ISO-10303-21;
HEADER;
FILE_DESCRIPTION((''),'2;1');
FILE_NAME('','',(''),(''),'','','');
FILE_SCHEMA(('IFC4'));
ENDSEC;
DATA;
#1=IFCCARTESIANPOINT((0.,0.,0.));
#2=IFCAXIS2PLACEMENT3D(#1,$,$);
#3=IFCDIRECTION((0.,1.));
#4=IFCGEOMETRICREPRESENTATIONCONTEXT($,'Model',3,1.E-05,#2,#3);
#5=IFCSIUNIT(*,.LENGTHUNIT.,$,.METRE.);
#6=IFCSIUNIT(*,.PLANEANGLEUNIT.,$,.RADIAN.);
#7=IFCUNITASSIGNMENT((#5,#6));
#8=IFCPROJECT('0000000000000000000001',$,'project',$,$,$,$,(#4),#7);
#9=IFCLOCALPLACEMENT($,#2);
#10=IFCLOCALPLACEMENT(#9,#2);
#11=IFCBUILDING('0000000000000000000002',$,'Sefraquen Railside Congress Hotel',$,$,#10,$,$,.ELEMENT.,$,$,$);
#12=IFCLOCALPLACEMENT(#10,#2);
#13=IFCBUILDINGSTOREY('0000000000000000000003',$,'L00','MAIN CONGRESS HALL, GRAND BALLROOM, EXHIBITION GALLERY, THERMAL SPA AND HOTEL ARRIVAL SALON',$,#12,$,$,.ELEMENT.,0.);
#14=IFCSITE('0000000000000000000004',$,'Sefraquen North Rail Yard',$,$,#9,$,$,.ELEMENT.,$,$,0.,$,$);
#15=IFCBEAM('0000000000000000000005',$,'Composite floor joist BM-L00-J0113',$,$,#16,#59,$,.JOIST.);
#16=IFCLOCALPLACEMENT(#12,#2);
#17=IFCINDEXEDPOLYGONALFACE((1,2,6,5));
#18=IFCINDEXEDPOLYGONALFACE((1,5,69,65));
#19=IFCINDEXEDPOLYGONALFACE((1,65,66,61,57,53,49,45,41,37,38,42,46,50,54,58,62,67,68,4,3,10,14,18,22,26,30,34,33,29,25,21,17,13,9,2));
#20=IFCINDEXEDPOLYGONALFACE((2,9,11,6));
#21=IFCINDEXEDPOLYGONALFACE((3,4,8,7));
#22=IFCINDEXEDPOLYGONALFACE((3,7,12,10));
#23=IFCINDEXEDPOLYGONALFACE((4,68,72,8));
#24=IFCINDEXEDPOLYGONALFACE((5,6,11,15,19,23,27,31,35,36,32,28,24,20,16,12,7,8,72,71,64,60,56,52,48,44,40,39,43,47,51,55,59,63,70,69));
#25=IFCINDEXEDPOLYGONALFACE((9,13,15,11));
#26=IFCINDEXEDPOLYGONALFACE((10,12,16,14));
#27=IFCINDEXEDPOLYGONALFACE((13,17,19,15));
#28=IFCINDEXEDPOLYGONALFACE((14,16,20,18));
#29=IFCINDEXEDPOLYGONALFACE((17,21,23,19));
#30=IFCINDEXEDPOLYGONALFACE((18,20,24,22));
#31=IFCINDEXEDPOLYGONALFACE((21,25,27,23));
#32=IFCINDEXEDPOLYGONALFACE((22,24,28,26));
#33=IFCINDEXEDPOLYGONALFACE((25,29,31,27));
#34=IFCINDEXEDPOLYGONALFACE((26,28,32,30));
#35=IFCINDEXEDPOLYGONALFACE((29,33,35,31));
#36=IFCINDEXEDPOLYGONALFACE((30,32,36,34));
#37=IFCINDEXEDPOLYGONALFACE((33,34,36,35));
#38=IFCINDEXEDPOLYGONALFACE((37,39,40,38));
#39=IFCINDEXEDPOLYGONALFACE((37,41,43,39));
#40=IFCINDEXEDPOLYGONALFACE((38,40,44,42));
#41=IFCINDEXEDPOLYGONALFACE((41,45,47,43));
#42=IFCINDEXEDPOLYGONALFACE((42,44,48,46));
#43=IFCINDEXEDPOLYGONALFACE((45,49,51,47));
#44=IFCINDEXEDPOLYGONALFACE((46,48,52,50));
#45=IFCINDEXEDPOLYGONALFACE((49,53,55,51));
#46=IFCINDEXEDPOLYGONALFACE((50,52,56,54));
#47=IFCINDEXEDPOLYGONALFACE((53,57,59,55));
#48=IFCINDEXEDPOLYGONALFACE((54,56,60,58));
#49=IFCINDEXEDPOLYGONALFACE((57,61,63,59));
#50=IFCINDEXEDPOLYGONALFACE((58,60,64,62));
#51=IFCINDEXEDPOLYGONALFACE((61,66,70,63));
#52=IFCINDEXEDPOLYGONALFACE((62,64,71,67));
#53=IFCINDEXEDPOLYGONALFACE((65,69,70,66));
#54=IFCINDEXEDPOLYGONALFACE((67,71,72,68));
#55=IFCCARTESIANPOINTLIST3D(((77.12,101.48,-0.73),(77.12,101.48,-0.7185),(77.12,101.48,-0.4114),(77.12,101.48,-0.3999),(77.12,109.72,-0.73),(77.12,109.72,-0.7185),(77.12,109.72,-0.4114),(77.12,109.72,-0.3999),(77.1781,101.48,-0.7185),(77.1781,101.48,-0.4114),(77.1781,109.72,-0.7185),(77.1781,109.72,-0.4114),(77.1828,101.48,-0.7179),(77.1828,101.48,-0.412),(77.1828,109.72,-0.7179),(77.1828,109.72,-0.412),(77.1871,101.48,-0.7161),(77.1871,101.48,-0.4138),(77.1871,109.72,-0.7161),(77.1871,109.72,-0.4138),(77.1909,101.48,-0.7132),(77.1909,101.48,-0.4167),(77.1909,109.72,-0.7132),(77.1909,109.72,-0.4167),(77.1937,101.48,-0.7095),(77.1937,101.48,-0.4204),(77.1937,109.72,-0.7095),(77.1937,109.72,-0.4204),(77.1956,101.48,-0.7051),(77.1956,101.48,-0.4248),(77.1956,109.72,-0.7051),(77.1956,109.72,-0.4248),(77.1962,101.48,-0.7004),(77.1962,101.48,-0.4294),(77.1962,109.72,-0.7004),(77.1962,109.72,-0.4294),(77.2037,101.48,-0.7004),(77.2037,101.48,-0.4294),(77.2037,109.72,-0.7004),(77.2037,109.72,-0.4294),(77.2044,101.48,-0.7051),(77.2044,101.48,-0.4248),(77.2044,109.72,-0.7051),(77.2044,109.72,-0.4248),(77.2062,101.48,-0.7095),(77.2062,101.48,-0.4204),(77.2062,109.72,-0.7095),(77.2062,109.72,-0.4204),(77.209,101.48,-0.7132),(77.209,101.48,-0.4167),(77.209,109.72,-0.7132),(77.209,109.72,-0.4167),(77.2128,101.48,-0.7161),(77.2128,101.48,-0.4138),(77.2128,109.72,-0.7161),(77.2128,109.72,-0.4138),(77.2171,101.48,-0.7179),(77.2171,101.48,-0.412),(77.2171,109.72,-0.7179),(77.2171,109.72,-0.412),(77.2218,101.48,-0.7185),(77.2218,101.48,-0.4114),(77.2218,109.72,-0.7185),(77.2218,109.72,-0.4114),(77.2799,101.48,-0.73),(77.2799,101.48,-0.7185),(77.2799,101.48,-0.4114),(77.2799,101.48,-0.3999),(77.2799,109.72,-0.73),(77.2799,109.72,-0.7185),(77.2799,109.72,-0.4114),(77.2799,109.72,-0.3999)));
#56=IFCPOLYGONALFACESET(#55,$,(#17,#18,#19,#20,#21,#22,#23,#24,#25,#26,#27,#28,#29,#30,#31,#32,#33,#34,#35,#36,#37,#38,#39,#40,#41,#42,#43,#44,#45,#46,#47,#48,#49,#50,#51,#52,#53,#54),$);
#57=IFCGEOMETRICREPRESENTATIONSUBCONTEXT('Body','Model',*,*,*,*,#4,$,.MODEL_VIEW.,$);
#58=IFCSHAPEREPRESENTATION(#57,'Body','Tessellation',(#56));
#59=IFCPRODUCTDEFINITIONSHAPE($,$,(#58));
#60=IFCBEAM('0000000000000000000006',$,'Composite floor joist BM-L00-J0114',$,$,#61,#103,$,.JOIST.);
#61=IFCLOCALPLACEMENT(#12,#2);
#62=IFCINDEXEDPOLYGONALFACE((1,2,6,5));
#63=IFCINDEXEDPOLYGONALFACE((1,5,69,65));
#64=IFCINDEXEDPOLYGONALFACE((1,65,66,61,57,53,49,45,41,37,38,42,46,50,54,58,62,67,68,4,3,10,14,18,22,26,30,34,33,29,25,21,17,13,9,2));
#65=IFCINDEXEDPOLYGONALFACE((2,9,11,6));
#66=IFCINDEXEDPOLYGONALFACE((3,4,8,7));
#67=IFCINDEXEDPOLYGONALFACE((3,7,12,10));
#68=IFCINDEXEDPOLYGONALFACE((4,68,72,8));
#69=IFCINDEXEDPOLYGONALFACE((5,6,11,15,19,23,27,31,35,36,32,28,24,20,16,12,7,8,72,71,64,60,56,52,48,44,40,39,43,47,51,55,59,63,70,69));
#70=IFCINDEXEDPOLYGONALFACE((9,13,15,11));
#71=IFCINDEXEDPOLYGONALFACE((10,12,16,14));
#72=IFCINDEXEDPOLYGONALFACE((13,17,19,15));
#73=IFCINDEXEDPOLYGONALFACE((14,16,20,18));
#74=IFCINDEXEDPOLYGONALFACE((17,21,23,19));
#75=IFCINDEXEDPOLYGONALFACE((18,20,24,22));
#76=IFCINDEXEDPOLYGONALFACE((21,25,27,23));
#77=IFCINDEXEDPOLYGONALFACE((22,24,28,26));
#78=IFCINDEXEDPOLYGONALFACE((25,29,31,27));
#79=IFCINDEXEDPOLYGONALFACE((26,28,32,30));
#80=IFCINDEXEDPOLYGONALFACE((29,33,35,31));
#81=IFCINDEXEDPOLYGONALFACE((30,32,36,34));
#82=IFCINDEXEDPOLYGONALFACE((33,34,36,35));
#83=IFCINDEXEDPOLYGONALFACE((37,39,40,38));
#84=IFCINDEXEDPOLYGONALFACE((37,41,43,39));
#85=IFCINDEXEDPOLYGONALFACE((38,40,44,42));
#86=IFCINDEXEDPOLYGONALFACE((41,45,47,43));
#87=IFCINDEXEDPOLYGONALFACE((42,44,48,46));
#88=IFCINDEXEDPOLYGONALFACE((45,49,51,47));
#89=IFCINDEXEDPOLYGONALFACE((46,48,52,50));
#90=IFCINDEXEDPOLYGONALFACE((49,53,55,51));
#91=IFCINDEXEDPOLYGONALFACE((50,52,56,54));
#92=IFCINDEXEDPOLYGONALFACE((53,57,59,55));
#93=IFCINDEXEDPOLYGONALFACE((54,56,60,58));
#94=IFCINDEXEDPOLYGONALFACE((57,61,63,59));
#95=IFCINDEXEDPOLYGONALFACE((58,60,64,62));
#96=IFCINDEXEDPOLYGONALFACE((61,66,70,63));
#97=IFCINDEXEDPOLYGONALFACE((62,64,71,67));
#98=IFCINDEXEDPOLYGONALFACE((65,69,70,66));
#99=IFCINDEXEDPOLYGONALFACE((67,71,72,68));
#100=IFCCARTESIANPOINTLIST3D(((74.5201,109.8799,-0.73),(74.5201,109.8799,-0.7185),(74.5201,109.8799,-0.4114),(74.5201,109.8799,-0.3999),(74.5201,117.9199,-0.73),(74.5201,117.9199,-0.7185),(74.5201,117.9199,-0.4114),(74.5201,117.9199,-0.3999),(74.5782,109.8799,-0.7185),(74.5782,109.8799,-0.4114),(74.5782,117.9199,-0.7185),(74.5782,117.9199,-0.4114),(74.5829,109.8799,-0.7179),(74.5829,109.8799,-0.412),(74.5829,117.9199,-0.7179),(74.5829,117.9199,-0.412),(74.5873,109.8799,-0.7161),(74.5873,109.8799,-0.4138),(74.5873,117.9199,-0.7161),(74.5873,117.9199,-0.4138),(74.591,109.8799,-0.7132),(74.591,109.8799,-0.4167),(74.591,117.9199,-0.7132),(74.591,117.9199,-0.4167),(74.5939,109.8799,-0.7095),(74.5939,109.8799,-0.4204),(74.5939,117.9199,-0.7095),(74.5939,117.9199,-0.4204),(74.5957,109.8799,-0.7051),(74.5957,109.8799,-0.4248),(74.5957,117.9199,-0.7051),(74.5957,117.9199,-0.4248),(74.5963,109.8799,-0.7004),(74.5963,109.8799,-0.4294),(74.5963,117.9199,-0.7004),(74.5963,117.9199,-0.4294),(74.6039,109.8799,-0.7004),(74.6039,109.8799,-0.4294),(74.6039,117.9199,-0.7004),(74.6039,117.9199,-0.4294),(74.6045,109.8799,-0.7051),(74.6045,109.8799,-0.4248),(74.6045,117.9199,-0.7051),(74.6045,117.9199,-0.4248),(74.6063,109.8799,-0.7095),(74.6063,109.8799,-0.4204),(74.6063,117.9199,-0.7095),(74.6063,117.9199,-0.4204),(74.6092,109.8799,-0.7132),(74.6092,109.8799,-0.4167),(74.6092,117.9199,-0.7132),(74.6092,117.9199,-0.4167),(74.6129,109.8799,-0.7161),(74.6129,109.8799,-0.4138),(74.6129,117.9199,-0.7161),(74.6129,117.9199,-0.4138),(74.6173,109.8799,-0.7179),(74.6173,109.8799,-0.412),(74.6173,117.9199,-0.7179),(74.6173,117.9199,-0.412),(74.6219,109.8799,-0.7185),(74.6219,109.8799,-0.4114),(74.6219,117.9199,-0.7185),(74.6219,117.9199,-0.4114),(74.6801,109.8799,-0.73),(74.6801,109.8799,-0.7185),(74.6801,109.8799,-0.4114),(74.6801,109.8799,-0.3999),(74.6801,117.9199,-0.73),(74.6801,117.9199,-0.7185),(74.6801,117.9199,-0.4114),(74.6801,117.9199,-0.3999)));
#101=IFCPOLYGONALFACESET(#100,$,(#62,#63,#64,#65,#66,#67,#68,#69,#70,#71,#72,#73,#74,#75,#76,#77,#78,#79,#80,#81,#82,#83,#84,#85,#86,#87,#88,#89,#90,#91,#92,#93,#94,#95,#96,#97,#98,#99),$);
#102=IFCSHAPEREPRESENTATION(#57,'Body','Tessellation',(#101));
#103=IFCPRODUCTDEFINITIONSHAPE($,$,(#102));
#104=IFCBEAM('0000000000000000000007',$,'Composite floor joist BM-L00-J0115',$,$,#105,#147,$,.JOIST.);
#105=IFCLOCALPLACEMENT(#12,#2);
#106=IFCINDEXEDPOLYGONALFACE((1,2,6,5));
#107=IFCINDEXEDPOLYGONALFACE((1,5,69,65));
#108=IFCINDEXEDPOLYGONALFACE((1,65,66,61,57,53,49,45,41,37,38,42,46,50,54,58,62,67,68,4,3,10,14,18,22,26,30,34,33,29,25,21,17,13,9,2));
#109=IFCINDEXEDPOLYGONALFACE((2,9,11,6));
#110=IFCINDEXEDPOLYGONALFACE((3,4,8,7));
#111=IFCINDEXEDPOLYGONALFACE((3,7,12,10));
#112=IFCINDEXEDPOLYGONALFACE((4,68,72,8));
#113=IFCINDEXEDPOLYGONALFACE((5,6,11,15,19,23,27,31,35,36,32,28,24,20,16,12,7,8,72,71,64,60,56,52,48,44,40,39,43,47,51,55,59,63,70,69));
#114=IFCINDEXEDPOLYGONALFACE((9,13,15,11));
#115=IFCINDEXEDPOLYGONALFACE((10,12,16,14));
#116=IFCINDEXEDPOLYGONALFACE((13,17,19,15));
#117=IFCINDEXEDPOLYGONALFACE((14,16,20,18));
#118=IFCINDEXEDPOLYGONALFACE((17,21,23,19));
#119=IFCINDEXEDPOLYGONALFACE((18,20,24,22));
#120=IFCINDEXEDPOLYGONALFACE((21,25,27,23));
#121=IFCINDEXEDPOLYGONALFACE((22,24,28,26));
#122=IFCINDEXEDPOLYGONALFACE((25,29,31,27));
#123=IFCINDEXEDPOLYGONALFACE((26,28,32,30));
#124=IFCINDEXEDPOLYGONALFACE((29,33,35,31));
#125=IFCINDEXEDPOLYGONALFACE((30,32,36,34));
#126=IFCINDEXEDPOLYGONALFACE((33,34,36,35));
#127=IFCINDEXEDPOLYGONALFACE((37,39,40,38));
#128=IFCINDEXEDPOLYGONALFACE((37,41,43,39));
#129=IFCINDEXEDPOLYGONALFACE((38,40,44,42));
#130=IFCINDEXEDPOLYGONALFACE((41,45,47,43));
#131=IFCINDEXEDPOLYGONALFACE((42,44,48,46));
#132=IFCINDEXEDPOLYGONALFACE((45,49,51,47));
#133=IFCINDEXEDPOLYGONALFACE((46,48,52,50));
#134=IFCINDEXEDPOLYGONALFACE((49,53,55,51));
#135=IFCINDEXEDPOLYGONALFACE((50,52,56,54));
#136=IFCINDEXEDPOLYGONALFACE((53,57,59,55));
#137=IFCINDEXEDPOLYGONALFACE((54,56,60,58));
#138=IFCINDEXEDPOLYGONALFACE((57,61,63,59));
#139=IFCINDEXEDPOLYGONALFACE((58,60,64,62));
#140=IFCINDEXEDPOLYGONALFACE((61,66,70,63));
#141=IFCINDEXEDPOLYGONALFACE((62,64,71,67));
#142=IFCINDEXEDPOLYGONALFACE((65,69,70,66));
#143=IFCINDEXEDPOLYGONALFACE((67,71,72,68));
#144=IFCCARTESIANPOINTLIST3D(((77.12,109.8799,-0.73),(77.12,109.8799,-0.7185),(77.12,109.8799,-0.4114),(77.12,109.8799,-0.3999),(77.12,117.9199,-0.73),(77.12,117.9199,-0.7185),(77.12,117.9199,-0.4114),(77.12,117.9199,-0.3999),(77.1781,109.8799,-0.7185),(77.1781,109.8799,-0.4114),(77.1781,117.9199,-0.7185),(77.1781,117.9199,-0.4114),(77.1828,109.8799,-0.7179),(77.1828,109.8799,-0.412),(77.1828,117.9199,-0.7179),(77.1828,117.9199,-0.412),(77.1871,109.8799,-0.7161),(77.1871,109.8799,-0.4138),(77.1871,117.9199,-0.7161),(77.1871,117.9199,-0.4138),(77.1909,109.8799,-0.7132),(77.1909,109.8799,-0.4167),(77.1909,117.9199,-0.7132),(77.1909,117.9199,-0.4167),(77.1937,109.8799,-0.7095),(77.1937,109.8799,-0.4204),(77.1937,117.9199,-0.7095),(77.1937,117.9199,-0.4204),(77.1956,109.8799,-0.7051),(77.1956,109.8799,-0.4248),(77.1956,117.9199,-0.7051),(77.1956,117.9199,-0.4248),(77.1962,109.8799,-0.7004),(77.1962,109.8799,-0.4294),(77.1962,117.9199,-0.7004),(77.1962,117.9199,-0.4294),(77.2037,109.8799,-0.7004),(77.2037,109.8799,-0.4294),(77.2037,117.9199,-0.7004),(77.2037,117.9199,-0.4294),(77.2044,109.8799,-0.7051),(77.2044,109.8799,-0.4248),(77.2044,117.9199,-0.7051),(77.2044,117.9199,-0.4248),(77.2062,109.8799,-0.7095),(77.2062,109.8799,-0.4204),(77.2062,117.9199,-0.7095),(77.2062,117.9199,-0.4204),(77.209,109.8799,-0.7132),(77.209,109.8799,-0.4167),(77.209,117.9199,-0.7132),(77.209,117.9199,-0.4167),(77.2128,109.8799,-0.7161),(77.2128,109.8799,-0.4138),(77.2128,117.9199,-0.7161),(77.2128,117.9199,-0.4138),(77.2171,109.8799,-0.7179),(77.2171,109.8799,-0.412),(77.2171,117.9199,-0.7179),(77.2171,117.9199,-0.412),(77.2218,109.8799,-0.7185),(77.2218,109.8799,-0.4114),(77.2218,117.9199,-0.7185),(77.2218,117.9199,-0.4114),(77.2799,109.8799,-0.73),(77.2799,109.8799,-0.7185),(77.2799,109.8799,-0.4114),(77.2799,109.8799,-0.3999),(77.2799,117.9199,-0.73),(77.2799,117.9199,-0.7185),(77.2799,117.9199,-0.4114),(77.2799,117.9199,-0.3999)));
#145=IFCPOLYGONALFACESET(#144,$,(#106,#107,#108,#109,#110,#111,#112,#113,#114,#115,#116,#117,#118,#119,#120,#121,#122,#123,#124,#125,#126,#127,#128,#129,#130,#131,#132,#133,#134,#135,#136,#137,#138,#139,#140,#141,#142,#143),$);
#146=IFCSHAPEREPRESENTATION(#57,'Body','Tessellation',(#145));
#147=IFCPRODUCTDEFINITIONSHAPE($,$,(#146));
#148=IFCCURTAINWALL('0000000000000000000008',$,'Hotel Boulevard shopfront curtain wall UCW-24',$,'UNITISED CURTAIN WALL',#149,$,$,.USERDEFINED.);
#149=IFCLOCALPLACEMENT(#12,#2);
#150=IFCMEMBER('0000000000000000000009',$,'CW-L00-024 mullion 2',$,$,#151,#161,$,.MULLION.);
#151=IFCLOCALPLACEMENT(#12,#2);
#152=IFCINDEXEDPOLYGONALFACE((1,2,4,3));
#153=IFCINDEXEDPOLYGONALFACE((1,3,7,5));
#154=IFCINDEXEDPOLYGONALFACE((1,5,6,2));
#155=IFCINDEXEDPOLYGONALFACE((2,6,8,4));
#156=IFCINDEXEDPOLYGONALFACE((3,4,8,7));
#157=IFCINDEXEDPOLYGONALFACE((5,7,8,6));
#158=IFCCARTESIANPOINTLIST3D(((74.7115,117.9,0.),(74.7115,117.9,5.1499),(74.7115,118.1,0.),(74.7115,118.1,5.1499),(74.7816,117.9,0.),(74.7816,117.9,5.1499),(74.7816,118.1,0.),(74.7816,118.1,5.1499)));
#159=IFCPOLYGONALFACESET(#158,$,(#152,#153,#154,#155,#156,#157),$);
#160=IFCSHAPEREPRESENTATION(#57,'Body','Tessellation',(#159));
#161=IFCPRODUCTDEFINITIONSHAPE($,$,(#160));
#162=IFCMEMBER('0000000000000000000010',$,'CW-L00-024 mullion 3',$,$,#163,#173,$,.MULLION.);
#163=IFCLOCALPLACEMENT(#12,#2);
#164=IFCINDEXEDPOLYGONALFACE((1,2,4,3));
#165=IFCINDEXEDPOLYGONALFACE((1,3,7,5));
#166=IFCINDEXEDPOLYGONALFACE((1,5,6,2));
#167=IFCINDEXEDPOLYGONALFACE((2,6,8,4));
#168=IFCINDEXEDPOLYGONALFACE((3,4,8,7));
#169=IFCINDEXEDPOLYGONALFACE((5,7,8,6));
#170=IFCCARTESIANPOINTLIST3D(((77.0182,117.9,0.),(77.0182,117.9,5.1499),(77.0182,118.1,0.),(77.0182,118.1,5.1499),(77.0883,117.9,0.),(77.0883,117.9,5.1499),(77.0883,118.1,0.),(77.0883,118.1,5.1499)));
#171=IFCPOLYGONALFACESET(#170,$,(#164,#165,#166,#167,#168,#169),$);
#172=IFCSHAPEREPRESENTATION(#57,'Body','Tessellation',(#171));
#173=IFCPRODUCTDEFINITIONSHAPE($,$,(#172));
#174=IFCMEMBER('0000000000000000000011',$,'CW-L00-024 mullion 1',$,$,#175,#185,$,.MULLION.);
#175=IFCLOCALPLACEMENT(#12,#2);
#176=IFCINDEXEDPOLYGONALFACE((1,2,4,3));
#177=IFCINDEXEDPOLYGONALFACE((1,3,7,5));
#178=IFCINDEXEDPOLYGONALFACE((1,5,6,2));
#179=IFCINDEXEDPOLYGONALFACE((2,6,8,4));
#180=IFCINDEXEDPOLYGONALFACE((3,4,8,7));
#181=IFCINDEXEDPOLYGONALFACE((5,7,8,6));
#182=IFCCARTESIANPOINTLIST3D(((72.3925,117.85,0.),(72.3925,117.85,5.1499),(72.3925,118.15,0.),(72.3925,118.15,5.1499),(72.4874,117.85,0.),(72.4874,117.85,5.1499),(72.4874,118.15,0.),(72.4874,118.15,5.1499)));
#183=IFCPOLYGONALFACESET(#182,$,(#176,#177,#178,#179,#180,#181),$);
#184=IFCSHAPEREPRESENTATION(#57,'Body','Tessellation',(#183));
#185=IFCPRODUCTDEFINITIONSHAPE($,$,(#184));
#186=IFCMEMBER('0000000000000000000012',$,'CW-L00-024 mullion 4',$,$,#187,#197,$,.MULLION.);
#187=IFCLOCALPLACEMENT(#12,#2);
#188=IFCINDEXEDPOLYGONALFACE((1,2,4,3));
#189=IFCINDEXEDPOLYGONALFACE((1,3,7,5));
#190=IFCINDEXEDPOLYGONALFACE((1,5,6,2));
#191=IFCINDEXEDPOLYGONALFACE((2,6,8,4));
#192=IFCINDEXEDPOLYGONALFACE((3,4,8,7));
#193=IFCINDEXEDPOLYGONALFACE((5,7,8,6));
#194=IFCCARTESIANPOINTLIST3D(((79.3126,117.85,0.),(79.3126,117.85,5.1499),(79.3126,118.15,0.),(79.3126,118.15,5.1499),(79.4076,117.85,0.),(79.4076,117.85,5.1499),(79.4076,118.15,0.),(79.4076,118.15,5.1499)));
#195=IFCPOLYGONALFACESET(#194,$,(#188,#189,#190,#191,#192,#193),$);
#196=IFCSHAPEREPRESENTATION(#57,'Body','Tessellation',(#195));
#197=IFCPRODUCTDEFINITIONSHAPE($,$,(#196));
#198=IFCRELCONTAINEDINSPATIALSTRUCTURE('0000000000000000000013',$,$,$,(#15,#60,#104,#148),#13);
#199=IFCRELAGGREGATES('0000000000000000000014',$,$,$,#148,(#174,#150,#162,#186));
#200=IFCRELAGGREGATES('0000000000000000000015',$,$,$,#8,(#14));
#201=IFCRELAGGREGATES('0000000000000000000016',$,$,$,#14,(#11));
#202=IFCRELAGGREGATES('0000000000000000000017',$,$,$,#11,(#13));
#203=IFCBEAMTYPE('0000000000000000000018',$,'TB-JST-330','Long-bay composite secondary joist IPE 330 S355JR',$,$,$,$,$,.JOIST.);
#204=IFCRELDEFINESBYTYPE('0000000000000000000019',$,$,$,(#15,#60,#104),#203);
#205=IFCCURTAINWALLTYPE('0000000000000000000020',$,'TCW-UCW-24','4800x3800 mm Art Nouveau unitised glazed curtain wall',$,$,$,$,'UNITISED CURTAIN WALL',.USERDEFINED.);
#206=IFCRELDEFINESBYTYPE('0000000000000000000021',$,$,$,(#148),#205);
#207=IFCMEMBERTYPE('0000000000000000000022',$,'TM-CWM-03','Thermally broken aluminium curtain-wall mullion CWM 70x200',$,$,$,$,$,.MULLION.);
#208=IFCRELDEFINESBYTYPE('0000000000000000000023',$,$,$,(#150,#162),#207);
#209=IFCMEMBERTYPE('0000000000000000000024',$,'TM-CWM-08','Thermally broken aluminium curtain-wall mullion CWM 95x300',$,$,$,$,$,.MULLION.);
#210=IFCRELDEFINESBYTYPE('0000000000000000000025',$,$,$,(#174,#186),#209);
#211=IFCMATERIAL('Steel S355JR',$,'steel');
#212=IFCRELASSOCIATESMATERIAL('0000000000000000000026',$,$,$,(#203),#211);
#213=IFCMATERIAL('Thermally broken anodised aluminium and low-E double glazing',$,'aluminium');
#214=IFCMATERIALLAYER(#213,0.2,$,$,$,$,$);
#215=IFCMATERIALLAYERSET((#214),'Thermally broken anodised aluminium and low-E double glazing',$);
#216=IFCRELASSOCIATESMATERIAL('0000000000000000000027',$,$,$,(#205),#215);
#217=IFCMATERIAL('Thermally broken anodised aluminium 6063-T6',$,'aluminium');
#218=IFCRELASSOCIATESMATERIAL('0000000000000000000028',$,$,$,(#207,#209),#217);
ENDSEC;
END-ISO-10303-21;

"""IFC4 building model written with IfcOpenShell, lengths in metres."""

from ifc_helpers import new_model, si_unit, direction, frame, origin, origin_2d, place, context, subcontext, project, spatial, rectangle, i_section, extrude, material, layer, layer_set, material_profile, profile_set, type_object, element, aggregate, save


model = new_model("IFC4")

# Units and contexts
model_context = context("Model", 3, precision=1e-05, world=origin(), true_north=direction((0.0, 1.0)))
body_context = subcontext(model_context, "Body", "Model", "MODEL_VIEW")
ifc_project = project(units=[si_unit("LENGTHUNIT", "METRE"), si_unit("PLANEANGLEUNIT", "RADIAN")], contexts=[model_context])

# Site, building, storey
site_placement = place(None, origin())
site = spatial("IfcSite", under=ifc_project, at=site_placement, Name="Sefraquen North Rail Yard", CompositionType="ELEMENT", RefElevation=0.0)
building_placement = place(site_placement, origin())
building = spatial("IfcBuilding", under=site, at=building_placement, Name="Sefraquen Railside Congress Hotel", CompositionType="ELEMENT")
storey_placement = place(building_placement, origin())
storey = spatial("IfcBuildingStorey", under=building, at=storey_placement, Name="L00", Description="MAIN CONGRESS HALL, GRAND BALLROOM, EXHIBITION GALLERY, THERMAL SPA AND HOTEL ARRIVAL SALON", CompositionType="ELEMENT", Elevation=0.0)

# Shared definitions
ifc_material_1 = material(Name="Steel S355JR", Category="steel")

# Beams
ifc_material_profile_1 = material_profile(ifc_material_1, i_section(OverallWidth=0.1599, OverallDepth=0.3301, WebThickness=0.0076, FlangeThickness=0.0115, FilletRadius=0.0181, at=origin_2d()), Name="IPE 330")
ifc_profile_set_1 = profile_set([ifc_material_profile_1], Name="Steel S355JR")
beam_type_1 = type_object("IfcBeamType", Name="TB-JST-330", Description="Long-bay composite secondary joist IPE 330 S355JR", PredefinedType="JOIST", material=ifc_profile_set_1)
for number, where, z_axis, x_axis, name in (
    (1, (77.2, 101.48, -0.5649), (0.0, 1.0, 0.0), (-1.0, 0.0, 0.0), "Composite floor joist BM-L00-J0113"),
):
    element("IfcBeam", number, at=place(storey_placement, frame(where, z_axis=z_axis, x_axis=x_axis)), inside=storey, type_object=beam_type_1, Name=name, PredefinedType="JOIST", context=body_context, shape_type="SweptSolid", body=[
        extrude(i_section(OverallWidth=0.1599, OverallDepth=0.3301, WebThickness=0.0076, FlangeThickness=0.0115, FilletRadius=0.0181, at=origin_2d()), origin(), (0.0, 0.0, 1.0), 8.24),
    ])
for number, where, z_axis, x_axis, name in (
    (2, (74.6001, 109.8799, -0.5649), (0.0, 1.0, 0.0), (-1.0, 0.0, 0.0), "Composite floor joist BM-L00-J0114"),
    (3, (77.2, 109.8799, -0.5649), (0.0, 1.0, 0.0), (-1.0, 0.0, 0.0), "Composite floor joist BM-L00-J0115"),
):
    element("IfcBeam", number, at=place(storey_placement, frame(where, z_axis=z_axis, x_axis=x_axis)), inside=storey, type_object=beam_type_1, Name=name, PredefinedType="JOIST", context=body_context, shape_type="SweptSolid", body=[
        extrude(i_section(OverallWidth=0.1599, OverallDepth=0.3301, WebThickness=0.0076, FlangeThickness=0.0115, FilletRadius=0.0181, at=origin_2d()), origin(), (0.0, 0.0, 1.0), 8.04),
    ])

# Curtain wall, members
ifc_material_2 = material(Name="Thermally broken anodised aluminium and low-E double glazing", Category="aluminium")
ifc_layer_1 = layer(ifc_material_2, 0.2)
ifc_layer_set_1 = layer_set([ifc_layer_1], Name="Thermally broken anodised aluminium and low-E double glazing")
curtain_wall_type = type_object("IfcCurtainWallType", Name="TCW-UCW-24", Description="4800x3800 mm Art Nouveau unitised glazed curtain wall", ElementType="UNITISED CURTAIN WALL", PredefinedType="USERDEFINED", material=ifc_layer_set_1)
curtain_wall_placement = place(storey_placement, origin())
curtain_wall = element("IfcCurtainWall", 4, at=curtain_wall_placement, inside=storey, type_object=curtain_wall_type, Name="Hotel Boulevard shopfront curtain wall UCW-24", ObjectType="UNITISED CURTAIN WALL", PredefinedType="USERDEFINED")
ifc_material_3 = material(Name="Thermally broken anodised aluminium 6063-T6", Category="aluminium")
ifc_material_profile_2 = material_profile(ifc_material_3, rectangle(XDim=0.0701, YDim=0.2, at=origin_2d()), Name="CWM 70x200")
ifc_profile_set_2 = profile_set([ifc_material_profile_2], Name="Thermally broken anodised aluminium 6063-T6")
member_type_1 = type_object("IfcMemberType", Name="TM-CWM-03", Description="Thermally broken aluminium curtain-wall mullion CWM 70x200", PredefinedType="MULLION", material=ifc_profile_set_2)
member_1_placement = place(storey_placement, frame((74.7466, 118.0, 0.0), z_axis=(0.0, 0.0, 1.0), x_axis=(1.0, 0.0, 0.0)))
member_1 = element("IfcMember", 5, at=member_1_placement, type_object=member_type_1, Name="CW-L00-024 mullion 2", PredefinedType="MULLION", context=body_context, shape_type="SweptSolid", body=[
    extrude(rectangle(XDim=0.0701, YDim=0.2, at=origin_2d()), origin(), (0.0, 0.0, 1.0), 5.1499),
])
member_2_placement = place(storey_placement, frame((77.0532, 118.0, 0.0), z_axis=(0.0, 0.0, 1.0), x_axis=(1.0, 0.0, 0.0)))
member_2 = element("IfcMember", 6, at=member_2_placement, type_object=member_type_1, Name="CW-L00-024 mullion 3", PredefinedType="MULLION", context=body_context, shape_type="SweptSolid", body=[
    extrude(rectangle(XDim=0.0701, YDim=0.2, at=origin_2d()), origin(), (0.0, 0.0, 1.0), 5.1499),
])
ifc_material_profile_3 = material_profile(ifc_material_3, rectangle(XDim=0.095, YDim=0.3, at=origin_2d()), Name="CWM 95x300")
ifc_profile_set_3 = profile_set([ifc_material_profile_3], Name="Thermally broken anodised aluminium 6063-T6")
member_type_2 = type_object("IfcMemberType", Name="TM-CWM-08", Description="Thermally broken aluminium curtain-wall mullion CWM 95x300", PredefinedType="MULLION", material=ifc_profile_set_3)
member_3_placement = place(storey_placement, frame((72.4399, 118.0, 0.0), z_axis=(0.0, 0.0, 1.0), x_axis=(1.0, 0.0, 0.0)))
member_3 = element("IfcMember", 7, at=member_3_placement, type_object=member_type_2, Name="CW-L00-024 mullion 1", PredefinedType="MULLION", context=body_context, shape_type="SweptSolid", body=[
    extrude(rectangle(XDim=0.095, YDim=0.3, at=origin_2d()), origin(), (0.0, 0.0, 1.0), 5.1499),
])
member_4_placement = place(storey_placement, frame((79.3601, 118.0, 0.0), z_axis=(0.0, 0.0, 1.0), x_axis=(1.0, 0.0, 0.0)))
member_4 = element("IfcMember", 8, at=member_4_placement, type_object=member_type_2, Name="CW-L00-024 mullion 4", PredefinedType="MULLION", context=body_context, shape_type="SweptSolid", body=[
    extrude(rectangle(XDim=0.095, YDim=0.3, at=origin_2d()), origin(), (0.0, 0.0, 1.0), 5.1499),
])
aggregate(curtain_wall, [member_3, member_1, member_2, member_4])

save(model, "model.ifc")
